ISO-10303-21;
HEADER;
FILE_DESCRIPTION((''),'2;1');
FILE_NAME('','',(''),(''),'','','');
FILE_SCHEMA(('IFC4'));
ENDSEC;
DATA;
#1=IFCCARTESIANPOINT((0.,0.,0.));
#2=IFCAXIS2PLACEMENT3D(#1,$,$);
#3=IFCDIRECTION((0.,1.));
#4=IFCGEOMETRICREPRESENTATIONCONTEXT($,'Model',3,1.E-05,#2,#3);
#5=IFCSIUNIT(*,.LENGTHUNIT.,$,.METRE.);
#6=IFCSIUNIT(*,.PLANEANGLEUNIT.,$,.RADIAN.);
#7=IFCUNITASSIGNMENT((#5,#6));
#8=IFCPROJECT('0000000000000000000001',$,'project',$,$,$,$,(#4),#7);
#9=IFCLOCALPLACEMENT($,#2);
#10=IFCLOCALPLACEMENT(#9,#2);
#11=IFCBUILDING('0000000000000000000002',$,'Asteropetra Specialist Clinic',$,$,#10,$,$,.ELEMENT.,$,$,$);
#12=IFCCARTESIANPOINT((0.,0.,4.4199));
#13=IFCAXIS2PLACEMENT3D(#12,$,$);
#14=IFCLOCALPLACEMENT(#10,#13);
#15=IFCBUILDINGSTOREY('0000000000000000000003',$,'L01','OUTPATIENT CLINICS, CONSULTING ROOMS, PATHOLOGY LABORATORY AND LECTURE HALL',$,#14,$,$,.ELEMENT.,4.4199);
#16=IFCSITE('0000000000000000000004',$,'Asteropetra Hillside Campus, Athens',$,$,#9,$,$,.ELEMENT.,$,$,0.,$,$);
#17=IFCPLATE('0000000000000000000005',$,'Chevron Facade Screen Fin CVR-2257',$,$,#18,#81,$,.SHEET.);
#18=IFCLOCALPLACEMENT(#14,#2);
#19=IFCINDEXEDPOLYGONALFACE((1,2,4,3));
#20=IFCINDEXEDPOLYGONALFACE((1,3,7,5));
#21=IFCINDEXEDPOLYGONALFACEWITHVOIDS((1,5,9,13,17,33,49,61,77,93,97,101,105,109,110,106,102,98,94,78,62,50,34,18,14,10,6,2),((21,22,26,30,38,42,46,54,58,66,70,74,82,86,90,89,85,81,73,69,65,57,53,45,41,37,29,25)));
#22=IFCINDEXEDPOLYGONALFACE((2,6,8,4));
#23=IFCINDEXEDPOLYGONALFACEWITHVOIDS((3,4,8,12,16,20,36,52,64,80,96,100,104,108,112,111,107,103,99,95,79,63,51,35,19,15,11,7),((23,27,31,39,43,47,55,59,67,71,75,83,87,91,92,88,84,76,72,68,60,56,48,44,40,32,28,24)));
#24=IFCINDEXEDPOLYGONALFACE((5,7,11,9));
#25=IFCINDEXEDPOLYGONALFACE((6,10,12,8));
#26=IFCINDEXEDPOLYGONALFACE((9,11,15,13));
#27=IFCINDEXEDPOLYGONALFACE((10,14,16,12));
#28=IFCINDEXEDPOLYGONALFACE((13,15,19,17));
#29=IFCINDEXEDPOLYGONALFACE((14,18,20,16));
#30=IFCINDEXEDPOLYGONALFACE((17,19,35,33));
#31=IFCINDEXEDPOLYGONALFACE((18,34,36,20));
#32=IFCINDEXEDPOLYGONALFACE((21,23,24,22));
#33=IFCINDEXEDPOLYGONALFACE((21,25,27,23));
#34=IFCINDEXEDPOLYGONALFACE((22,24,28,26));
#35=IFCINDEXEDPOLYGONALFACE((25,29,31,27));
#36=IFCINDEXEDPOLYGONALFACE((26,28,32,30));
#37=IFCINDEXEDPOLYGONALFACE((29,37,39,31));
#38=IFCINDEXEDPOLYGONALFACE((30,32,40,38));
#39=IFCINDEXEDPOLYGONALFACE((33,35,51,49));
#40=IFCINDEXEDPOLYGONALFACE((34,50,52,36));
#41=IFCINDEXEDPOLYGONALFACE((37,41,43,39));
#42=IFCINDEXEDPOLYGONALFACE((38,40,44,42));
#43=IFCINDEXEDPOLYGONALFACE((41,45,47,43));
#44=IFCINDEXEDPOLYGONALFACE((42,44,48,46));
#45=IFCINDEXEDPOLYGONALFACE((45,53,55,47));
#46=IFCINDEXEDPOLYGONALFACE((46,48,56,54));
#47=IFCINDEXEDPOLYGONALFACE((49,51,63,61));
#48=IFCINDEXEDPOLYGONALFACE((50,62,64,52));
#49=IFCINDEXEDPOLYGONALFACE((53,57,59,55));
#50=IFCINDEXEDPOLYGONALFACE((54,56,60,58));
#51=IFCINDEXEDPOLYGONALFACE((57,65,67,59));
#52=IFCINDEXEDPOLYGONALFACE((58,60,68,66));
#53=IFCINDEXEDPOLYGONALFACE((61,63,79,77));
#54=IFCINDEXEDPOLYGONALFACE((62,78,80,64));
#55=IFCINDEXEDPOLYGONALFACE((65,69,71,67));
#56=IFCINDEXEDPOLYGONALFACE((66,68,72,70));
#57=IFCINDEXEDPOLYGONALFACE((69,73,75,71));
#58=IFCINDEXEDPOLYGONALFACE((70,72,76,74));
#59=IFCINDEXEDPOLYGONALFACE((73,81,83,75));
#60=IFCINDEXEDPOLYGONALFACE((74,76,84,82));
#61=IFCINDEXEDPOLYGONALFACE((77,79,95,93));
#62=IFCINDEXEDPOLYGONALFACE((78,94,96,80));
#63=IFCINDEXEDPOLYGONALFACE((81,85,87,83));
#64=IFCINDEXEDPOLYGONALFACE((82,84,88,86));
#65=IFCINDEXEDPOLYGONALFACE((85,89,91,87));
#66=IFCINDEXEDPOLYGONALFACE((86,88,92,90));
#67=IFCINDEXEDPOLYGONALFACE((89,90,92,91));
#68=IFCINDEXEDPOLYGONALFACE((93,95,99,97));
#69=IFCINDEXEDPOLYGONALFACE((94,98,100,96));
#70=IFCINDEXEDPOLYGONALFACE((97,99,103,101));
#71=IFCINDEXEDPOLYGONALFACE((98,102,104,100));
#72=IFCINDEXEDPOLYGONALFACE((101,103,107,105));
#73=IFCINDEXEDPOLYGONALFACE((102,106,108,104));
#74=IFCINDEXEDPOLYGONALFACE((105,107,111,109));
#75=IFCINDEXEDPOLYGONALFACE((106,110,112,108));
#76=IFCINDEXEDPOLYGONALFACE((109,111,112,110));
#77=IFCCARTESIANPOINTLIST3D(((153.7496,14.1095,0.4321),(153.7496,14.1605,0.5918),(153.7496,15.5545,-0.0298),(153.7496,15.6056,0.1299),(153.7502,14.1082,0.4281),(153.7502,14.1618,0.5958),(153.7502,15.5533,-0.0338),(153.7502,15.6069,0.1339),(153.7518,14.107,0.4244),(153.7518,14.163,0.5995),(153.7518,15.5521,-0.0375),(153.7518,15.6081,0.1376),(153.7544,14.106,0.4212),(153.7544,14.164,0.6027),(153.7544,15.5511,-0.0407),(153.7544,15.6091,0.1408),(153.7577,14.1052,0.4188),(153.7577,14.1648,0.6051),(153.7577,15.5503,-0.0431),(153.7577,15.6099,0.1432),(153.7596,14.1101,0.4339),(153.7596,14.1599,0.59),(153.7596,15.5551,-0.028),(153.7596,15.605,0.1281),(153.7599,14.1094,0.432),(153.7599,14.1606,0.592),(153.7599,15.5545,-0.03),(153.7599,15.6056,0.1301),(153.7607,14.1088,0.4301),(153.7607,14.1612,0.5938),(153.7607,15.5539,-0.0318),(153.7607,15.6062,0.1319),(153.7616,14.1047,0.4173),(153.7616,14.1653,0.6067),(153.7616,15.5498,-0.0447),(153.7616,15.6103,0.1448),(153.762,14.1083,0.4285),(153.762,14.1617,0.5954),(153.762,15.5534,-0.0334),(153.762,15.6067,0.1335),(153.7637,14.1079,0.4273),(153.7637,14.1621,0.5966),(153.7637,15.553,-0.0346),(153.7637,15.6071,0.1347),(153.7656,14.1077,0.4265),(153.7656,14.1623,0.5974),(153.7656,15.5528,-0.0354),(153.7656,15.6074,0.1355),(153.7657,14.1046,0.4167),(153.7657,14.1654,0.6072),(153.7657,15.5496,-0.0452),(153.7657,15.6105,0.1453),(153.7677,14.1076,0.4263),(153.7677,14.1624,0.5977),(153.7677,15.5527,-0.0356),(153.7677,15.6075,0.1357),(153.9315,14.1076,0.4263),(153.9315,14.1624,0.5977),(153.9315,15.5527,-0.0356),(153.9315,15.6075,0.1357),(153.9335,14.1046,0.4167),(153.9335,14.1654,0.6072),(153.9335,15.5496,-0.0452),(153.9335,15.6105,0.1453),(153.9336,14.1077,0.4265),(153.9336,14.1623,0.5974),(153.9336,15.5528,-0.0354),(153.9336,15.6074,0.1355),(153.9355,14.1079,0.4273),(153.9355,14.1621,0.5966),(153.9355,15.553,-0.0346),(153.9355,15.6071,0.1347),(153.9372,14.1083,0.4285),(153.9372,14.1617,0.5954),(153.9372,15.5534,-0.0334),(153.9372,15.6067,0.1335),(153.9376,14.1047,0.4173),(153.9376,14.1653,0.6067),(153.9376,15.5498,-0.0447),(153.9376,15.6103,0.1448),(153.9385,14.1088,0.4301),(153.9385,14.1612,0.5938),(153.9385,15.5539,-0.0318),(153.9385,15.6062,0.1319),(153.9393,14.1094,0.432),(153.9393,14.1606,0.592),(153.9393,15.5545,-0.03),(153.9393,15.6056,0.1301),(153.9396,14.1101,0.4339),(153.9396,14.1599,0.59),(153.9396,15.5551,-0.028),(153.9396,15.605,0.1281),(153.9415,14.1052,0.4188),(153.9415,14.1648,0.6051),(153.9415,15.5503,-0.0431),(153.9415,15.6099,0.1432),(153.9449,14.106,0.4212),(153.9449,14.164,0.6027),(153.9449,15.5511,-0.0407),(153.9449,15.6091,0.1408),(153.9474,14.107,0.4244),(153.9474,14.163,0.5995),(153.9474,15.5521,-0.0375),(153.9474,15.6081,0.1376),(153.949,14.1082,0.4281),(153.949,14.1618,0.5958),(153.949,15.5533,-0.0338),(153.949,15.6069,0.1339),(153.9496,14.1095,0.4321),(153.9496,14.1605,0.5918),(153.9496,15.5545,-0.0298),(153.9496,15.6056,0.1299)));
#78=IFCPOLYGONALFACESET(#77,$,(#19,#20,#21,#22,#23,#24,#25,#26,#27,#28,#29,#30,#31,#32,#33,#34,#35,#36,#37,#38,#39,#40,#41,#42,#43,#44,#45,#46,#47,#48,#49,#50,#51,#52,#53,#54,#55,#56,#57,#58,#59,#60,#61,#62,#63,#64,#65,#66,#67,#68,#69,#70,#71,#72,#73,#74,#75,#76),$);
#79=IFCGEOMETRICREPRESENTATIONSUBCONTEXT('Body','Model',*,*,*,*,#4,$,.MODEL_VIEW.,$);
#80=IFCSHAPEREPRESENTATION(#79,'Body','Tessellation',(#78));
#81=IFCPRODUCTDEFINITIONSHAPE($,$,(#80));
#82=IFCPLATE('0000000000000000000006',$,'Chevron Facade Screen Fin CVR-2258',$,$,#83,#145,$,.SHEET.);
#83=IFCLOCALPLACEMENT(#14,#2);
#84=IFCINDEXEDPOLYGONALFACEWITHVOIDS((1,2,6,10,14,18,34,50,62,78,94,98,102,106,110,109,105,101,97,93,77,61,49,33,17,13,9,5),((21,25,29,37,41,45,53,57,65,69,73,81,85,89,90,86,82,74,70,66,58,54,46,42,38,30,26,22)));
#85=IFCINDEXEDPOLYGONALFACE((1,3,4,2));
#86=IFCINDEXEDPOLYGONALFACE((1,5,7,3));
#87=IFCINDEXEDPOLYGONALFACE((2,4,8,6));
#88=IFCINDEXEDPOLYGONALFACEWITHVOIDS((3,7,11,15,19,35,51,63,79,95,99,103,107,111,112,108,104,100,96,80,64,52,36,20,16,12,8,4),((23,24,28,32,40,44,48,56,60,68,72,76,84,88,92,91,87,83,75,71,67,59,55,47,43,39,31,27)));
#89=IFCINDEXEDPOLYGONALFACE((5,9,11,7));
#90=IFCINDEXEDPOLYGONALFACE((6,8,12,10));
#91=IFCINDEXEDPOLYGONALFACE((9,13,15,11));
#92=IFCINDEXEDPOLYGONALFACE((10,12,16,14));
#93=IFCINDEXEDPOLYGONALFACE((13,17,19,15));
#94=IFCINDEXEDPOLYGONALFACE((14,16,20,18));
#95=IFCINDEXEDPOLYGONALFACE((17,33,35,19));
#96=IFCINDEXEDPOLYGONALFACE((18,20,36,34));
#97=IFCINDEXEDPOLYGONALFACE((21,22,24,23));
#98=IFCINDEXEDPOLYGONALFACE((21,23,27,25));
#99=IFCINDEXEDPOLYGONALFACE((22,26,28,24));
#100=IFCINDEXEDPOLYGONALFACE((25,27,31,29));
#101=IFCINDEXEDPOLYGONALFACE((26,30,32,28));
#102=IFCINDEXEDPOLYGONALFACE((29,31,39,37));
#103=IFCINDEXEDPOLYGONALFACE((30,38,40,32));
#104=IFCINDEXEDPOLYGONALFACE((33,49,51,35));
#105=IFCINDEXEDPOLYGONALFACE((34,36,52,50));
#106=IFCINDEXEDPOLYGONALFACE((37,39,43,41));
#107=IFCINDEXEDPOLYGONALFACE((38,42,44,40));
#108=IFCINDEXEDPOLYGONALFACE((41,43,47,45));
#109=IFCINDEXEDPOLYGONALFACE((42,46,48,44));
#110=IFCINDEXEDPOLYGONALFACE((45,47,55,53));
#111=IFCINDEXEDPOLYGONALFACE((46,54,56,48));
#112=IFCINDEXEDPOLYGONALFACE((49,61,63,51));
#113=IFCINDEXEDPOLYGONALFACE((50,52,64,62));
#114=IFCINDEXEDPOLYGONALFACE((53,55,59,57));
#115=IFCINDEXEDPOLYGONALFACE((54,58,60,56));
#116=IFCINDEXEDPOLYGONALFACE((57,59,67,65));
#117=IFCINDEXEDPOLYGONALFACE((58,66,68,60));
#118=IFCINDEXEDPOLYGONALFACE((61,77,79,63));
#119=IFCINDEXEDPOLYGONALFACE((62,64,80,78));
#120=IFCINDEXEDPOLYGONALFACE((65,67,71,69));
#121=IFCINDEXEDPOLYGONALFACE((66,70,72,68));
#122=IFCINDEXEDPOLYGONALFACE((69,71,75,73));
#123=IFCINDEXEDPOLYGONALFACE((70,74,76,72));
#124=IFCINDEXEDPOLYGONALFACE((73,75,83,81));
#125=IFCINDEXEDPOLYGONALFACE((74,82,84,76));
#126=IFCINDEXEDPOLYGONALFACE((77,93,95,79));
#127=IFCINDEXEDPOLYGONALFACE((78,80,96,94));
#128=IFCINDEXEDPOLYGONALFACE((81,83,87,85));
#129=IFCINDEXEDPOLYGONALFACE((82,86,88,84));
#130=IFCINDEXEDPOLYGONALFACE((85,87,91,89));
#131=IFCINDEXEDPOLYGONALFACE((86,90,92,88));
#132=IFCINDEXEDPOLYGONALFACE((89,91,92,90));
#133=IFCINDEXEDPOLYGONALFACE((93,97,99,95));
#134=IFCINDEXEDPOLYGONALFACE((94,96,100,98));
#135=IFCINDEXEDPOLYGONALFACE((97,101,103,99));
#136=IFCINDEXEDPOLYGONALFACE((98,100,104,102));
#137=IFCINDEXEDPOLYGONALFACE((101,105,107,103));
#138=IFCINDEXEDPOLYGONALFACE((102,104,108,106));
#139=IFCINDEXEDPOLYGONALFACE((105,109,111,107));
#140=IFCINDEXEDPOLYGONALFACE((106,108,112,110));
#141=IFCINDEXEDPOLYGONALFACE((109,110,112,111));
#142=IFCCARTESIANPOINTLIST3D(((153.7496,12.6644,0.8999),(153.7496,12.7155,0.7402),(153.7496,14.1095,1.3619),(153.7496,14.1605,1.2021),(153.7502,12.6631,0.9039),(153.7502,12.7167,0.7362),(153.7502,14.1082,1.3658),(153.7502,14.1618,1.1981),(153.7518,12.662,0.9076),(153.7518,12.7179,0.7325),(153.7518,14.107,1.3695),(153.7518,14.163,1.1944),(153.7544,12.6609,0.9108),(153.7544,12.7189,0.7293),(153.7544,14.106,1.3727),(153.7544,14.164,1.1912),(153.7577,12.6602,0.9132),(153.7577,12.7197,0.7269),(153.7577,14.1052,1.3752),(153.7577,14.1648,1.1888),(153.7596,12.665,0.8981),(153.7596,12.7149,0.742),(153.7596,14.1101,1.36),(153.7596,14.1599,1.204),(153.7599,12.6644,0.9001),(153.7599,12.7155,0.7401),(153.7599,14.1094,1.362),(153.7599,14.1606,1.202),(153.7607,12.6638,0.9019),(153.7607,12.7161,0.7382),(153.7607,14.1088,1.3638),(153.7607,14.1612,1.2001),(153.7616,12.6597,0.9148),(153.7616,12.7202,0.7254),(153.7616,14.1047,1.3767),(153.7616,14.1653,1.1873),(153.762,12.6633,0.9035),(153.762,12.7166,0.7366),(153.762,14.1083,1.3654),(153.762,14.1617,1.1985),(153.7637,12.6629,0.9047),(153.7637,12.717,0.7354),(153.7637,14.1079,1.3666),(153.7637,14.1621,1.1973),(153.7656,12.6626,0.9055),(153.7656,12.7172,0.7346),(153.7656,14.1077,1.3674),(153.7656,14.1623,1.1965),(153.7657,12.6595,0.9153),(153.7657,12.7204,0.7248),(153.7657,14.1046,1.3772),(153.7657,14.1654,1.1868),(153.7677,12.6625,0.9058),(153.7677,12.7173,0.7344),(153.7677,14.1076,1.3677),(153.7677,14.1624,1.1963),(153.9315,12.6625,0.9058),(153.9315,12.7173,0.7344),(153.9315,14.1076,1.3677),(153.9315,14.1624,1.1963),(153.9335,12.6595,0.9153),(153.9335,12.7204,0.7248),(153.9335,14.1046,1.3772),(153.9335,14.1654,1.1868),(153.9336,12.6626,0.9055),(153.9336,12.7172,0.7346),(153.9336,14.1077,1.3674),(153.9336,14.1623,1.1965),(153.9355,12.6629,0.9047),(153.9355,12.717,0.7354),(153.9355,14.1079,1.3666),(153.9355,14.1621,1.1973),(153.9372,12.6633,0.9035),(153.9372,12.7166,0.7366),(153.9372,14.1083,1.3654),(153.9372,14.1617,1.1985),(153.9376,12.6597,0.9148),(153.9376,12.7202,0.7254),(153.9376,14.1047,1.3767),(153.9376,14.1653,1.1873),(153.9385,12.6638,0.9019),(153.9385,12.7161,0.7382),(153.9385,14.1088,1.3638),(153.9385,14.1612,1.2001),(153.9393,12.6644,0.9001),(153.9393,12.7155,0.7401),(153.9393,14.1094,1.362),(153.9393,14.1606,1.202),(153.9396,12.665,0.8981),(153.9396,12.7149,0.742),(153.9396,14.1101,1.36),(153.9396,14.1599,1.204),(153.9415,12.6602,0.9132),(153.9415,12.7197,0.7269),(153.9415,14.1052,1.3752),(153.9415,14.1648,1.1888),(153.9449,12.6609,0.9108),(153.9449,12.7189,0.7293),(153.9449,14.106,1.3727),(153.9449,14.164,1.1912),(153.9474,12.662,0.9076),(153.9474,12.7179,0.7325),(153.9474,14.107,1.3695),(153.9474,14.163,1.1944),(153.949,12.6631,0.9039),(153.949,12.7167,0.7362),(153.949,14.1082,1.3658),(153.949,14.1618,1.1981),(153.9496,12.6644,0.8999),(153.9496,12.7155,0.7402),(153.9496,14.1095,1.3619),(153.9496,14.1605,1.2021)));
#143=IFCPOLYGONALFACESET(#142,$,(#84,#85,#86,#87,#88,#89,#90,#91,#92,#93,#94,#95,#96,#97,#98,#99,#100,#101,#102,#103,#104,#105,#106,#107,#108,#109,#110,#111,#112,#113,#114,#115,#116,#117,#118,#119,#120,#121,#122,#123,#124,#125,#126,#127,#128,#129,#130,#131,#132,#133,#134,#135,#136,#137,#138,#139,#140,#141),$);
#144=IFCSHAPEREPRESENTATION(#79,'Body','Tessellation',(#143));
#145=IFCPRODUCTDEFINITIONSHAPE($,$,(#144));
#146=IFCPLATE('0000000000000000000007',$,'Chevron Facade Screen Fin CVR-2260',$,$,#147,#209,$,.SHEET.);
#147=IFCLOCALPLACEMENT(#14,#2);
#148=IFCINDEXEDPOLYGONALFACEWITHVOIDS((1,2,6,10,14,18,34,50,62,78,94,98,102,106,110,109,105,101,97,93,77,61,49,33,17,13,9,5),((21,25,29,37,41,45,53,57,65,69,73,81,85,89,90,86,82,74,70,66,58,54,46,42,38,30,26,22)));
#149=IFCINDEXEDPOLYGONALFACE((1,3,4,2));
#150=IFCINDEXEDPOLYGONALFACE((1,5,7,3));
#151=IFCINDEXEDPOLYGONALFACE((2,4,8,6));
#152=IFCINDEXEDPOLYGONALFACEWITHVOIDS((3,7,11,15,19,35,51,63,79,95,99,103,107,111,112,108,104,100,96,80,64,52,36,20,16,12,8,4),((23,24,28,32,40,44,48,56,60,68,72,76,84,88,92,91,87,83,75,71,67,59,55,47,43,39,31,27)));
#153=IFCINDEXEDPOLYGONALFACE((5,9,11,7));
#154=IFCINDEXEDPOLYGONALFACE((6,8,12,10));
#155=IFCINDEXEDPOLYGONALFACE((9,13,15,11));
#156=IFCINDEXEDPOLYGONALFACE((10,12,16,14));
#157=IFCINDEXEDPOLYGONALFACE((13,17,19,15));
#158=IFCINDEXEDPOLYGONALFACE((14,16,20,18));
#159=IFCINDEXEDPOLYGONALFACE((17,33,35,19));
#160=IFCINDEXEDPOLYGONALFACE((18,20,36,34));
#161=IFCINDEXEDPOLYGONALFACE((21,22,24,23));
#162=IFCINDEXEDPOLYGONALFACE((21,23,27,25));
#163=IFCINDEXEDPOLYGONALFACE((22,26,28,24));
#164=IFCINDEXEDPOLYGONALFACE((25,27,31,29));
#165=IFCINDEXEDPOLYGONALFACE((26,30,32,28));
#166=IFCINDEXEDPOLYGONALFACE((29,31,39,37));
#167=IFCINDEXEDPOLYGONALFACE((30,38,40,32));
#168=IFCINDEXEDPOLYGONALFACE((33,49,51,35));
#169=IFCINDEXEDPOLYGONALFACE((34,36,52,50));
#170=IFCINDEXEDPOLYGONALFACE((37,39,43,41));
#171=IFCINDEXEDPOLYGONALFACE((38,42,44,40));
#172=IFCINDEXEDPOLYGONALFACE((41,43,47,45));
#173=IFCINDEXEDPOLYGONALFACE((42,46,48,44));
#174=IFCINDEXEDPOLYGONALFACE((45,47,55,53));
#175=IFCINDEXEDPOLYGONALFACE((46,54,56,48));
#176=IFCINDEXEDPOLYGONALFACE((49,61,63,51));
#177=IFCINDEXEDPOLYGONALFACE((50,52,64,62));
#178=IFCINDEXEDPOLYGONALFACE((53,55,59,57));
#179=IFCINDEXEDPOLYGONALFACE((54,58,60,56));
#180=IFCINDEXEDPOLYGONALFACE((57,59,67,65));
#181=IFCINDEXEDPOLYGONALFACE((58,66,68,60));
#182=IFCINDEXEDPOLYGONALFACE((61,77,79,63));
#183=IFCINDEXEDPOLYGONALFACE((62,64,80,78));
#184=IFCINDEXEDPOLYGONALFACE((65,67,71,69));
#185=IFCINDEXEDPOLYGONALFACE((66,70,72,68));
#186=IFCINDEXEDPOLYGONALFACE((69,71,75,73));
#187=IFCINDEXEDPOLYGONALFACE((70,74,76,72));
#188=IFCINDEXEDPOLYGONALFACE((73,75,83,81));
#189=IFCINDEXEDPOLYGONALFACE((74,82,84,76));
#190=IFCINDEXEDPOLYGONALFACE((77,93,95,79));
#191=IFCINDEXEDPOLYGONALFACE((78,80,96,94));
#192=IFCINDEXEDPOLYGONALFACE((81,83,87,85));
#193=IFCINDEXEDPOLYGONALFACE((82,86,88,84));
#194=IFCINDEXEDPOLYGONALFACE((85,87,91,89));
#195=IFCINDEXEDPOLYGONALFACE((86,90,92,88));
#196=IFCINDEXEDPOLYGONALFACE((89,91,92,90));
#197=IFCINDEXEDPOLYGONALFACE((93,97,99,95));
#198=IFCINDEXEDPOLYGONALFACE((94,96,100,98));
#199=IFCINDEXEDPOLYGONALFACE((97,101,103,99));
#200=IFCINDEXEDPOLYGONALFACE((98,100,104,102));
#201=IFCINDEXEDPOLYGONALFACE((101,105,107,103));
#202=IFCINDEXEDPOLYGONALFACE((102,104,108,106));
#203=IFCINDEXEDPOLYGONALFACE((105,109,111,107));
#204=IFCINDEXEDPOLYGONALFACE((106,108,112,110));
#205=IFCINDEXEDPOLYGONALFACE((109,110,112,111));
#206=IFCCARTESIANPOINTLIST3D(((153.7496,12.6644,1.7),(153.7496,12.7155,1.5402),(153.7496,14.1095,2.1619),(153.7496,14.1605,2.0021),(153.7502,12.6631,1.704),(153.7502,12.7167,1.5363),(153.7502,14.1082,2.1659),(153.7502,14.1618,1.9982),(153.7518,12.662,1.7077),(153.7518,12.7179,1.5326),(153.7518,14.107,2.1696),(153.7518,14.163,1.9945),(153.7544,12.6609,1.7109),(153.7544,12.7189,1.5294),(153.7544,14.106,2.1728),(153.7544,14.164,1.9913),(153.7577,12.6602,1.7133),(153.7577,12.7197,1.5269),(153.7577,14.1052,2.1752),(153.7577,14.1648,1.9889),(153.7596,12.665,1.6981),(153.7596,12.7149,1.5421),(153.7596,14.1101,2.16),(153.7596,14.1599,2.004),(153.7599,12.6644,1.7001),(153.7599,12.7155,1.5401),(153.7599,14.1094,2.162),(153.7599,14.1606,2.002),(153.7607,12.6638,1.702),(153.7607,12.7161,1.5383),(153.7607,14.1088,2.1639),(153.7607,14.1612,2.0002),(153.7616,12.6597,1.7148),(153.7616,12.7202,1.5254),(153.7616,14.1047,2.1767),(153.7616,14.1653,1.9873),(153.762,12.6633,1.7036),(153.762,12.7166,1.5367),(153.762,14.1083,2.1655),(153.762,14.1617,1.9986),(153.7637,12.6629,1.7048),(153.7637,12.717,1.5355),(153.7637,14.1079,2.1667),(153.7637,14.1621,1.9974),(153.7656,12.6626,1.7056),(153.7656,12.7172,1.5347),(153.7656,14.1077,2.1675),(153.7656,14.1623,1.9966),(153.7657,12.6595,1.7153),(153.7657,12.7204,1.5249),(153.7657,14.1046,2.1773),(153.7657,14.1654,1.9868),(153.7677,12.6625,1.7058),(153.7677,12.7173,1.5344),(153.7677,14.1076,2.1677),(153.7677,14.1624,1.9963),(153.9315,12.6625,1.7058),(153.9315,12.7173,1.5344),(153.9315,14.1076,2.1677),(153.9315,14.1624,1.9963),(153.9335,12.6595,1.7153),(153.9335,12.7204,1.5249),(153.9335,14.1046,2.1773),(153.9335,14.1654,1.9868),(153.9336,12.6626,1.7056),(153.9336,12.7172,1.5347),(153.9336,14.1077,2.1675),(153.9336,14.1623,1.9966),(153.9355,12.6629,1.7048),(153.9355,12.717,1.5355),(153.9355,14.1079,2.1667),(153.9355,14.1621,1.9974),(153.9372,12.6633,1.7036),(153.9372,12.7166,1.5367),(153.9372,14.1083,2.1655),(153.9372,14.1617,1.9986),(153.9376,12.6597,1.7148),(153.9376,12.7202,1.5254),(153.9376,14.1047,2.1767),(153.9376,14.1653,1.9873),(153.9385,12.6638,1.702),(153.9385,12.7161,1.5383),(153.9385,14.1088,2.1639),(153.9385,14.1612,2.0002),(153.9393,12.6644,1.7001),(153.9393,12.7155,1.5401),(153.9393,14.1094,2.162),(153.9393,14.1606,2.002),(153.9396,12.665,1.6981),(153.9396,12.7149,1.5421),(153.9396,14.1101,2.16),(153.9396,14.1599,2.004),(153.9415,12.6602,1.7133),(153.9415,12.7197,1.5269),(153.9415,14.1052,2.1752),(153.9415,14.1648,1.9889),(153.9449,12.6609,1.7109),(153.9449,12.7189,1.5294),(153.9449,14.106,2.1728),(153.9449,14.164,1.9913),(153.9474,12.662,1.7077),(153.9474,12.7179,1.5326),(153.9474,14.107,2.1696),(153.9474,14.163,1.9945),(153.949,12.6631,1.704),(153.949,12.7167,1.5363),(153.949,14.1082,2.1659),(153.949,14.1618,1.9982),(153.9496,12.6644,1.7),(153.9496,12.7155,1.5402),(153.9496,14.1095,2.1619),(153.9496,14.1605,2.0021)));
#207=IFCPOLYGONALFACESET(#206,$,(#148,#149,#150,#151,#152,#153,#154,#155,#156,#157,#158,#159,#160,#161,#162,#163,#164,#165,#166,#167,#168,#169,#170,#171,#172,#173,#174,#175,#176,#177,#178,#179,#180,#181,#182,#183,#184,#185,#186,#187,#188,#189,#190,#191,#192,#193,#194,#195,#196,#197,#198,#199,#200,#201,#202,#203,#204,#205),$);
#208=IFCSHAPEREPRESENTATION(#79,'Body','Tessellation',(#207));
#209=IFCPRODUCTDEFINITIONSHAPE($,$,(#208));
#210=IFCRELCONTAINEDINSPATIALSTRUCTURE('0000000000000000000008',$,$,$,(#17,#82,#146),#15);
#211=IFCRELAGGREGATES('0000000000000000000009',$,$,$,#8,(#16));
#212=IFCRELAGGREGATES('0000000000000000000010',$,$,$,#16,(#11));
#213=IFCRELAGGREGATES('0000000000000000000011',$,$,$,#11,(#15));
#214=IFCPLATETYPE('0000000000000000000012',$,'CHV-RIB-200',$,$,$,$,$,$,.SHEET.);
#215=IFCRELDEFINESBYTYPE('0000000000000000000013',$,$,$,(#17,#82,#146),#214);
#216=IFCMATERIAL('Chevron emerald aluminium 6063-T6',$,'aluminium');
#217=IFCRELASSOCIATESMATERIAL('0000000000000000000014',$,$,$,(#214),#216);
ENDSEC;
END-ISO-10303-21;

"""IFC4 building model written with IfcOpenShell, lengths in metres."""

from ifc_helpers import new_model, si_unit, direction, frame, origin, origin_2d, place, context, subcontext, project, spatial, hollow_rectangle, extrude, material, material_profile, profile_set, type_object, element, save


model = new_model("IFC4")

# Units and contexts
model_context = context("Model", 3, precision=1e-05, world=origin(), true_north=direction((0.0, 1.0)))
body_context = subcontext(model_context, "Body", "Model", "MODEL_VIEW")
ifc_project = project(units=[si_unit("LENGTHUNIT", "METRE"), si_unit("PLANEANGLEUNIT", "RADIAN")], contexts=[model_context])

# Site, building, storey
site_placement = place(None, origin())
site = spatial("IfcSite", under=ifc_project, at=site_placement, Name="Asteropetra Hillside Campus, Athens", CompositionType="ELEMENT", RefElevation=0.0)
building_placement = place(site_placement, origin())
building = spatial("IfcBuilding", under=site, at=building_placement, Name="Asteropetra Specialist Clinic", CompositionType="ELEMENT")
storey_placement = place(building_placement, frame((0.0, 0.0, 4.4199)))
storey = spatial("IfcBuildingStorey", under=building, at=storey_placement, Name="L01", Description="OUTPATIENT CLINICS, CONSULTING ROOMS, PATHOLOGY LABORATORY AND LECTURE HALL", CompositionType="ELEMENT", Elevation=4.4199)

# Plates
ifc_material_1 = material(Name="Chevron emerald aluminium 6063-T6", Category="aluminium")
ifc_material_profile_1 = material_profile(ifc_material_1, hollow_rectangle(XDim=0.2, YDim=0.2, WallThickness=0.01, InnerFilletRadius=0.0081, OuterFilletRadius=0.0161, at=origin_2d()), Name="SHS 200x200x10.0")
ifc_profile_set_1 = profile_set([ifc_material_profile_1], Name="Chevron emerald aluminium 6063-T6")
plate_type = type_object("IfcPlateType", Name="CHV-RIB-200", PredefinedType="SHEET", material=ifc_profile_set_1)
for number, where, z_axis, x_axis, name in (
    (1, (153.8496, 14.135, 0.512), (0.0, 0.952521, -0.304472), (-1.0, 0.0, 0.0), "Chevron Facade Screen Fin CVR-2257"),
    (2, (153.8496, 12.6899, 0.8201), (0.0, 0.952521, 0.304472), (-1.0, 0.0, 0.0), "Chevron Facade Screen Fin CVR-2258"),
    (3, (153.8496, 12.6899, 1.6201), (0.0, 0.952521, 0.304472), (-1.0, 0.0, 0.0), "Chevron Facade Screen Fin CVR-2260"),
):
    element("IfcPlate", number, at=place(storey_placement, frame(where, z_axis=z_axis, x_axis=x_axis)), inside=storey, type_object=plate_type, Name=name, PredefinedType="SHEET", context=body_context, shape_type="SweptSolid", body=[
        extrude(hollow_rectangle(XDim=0.2, YDim=0.2, WallThickness=0.01, InnerFilletRadius=0.0081, OuterFilletRadius=0.0161, at=origin_2d()), origin(), (0.0, 0.0, 1.0), 1.5171),
    ])

save(model, "model.ifc")
